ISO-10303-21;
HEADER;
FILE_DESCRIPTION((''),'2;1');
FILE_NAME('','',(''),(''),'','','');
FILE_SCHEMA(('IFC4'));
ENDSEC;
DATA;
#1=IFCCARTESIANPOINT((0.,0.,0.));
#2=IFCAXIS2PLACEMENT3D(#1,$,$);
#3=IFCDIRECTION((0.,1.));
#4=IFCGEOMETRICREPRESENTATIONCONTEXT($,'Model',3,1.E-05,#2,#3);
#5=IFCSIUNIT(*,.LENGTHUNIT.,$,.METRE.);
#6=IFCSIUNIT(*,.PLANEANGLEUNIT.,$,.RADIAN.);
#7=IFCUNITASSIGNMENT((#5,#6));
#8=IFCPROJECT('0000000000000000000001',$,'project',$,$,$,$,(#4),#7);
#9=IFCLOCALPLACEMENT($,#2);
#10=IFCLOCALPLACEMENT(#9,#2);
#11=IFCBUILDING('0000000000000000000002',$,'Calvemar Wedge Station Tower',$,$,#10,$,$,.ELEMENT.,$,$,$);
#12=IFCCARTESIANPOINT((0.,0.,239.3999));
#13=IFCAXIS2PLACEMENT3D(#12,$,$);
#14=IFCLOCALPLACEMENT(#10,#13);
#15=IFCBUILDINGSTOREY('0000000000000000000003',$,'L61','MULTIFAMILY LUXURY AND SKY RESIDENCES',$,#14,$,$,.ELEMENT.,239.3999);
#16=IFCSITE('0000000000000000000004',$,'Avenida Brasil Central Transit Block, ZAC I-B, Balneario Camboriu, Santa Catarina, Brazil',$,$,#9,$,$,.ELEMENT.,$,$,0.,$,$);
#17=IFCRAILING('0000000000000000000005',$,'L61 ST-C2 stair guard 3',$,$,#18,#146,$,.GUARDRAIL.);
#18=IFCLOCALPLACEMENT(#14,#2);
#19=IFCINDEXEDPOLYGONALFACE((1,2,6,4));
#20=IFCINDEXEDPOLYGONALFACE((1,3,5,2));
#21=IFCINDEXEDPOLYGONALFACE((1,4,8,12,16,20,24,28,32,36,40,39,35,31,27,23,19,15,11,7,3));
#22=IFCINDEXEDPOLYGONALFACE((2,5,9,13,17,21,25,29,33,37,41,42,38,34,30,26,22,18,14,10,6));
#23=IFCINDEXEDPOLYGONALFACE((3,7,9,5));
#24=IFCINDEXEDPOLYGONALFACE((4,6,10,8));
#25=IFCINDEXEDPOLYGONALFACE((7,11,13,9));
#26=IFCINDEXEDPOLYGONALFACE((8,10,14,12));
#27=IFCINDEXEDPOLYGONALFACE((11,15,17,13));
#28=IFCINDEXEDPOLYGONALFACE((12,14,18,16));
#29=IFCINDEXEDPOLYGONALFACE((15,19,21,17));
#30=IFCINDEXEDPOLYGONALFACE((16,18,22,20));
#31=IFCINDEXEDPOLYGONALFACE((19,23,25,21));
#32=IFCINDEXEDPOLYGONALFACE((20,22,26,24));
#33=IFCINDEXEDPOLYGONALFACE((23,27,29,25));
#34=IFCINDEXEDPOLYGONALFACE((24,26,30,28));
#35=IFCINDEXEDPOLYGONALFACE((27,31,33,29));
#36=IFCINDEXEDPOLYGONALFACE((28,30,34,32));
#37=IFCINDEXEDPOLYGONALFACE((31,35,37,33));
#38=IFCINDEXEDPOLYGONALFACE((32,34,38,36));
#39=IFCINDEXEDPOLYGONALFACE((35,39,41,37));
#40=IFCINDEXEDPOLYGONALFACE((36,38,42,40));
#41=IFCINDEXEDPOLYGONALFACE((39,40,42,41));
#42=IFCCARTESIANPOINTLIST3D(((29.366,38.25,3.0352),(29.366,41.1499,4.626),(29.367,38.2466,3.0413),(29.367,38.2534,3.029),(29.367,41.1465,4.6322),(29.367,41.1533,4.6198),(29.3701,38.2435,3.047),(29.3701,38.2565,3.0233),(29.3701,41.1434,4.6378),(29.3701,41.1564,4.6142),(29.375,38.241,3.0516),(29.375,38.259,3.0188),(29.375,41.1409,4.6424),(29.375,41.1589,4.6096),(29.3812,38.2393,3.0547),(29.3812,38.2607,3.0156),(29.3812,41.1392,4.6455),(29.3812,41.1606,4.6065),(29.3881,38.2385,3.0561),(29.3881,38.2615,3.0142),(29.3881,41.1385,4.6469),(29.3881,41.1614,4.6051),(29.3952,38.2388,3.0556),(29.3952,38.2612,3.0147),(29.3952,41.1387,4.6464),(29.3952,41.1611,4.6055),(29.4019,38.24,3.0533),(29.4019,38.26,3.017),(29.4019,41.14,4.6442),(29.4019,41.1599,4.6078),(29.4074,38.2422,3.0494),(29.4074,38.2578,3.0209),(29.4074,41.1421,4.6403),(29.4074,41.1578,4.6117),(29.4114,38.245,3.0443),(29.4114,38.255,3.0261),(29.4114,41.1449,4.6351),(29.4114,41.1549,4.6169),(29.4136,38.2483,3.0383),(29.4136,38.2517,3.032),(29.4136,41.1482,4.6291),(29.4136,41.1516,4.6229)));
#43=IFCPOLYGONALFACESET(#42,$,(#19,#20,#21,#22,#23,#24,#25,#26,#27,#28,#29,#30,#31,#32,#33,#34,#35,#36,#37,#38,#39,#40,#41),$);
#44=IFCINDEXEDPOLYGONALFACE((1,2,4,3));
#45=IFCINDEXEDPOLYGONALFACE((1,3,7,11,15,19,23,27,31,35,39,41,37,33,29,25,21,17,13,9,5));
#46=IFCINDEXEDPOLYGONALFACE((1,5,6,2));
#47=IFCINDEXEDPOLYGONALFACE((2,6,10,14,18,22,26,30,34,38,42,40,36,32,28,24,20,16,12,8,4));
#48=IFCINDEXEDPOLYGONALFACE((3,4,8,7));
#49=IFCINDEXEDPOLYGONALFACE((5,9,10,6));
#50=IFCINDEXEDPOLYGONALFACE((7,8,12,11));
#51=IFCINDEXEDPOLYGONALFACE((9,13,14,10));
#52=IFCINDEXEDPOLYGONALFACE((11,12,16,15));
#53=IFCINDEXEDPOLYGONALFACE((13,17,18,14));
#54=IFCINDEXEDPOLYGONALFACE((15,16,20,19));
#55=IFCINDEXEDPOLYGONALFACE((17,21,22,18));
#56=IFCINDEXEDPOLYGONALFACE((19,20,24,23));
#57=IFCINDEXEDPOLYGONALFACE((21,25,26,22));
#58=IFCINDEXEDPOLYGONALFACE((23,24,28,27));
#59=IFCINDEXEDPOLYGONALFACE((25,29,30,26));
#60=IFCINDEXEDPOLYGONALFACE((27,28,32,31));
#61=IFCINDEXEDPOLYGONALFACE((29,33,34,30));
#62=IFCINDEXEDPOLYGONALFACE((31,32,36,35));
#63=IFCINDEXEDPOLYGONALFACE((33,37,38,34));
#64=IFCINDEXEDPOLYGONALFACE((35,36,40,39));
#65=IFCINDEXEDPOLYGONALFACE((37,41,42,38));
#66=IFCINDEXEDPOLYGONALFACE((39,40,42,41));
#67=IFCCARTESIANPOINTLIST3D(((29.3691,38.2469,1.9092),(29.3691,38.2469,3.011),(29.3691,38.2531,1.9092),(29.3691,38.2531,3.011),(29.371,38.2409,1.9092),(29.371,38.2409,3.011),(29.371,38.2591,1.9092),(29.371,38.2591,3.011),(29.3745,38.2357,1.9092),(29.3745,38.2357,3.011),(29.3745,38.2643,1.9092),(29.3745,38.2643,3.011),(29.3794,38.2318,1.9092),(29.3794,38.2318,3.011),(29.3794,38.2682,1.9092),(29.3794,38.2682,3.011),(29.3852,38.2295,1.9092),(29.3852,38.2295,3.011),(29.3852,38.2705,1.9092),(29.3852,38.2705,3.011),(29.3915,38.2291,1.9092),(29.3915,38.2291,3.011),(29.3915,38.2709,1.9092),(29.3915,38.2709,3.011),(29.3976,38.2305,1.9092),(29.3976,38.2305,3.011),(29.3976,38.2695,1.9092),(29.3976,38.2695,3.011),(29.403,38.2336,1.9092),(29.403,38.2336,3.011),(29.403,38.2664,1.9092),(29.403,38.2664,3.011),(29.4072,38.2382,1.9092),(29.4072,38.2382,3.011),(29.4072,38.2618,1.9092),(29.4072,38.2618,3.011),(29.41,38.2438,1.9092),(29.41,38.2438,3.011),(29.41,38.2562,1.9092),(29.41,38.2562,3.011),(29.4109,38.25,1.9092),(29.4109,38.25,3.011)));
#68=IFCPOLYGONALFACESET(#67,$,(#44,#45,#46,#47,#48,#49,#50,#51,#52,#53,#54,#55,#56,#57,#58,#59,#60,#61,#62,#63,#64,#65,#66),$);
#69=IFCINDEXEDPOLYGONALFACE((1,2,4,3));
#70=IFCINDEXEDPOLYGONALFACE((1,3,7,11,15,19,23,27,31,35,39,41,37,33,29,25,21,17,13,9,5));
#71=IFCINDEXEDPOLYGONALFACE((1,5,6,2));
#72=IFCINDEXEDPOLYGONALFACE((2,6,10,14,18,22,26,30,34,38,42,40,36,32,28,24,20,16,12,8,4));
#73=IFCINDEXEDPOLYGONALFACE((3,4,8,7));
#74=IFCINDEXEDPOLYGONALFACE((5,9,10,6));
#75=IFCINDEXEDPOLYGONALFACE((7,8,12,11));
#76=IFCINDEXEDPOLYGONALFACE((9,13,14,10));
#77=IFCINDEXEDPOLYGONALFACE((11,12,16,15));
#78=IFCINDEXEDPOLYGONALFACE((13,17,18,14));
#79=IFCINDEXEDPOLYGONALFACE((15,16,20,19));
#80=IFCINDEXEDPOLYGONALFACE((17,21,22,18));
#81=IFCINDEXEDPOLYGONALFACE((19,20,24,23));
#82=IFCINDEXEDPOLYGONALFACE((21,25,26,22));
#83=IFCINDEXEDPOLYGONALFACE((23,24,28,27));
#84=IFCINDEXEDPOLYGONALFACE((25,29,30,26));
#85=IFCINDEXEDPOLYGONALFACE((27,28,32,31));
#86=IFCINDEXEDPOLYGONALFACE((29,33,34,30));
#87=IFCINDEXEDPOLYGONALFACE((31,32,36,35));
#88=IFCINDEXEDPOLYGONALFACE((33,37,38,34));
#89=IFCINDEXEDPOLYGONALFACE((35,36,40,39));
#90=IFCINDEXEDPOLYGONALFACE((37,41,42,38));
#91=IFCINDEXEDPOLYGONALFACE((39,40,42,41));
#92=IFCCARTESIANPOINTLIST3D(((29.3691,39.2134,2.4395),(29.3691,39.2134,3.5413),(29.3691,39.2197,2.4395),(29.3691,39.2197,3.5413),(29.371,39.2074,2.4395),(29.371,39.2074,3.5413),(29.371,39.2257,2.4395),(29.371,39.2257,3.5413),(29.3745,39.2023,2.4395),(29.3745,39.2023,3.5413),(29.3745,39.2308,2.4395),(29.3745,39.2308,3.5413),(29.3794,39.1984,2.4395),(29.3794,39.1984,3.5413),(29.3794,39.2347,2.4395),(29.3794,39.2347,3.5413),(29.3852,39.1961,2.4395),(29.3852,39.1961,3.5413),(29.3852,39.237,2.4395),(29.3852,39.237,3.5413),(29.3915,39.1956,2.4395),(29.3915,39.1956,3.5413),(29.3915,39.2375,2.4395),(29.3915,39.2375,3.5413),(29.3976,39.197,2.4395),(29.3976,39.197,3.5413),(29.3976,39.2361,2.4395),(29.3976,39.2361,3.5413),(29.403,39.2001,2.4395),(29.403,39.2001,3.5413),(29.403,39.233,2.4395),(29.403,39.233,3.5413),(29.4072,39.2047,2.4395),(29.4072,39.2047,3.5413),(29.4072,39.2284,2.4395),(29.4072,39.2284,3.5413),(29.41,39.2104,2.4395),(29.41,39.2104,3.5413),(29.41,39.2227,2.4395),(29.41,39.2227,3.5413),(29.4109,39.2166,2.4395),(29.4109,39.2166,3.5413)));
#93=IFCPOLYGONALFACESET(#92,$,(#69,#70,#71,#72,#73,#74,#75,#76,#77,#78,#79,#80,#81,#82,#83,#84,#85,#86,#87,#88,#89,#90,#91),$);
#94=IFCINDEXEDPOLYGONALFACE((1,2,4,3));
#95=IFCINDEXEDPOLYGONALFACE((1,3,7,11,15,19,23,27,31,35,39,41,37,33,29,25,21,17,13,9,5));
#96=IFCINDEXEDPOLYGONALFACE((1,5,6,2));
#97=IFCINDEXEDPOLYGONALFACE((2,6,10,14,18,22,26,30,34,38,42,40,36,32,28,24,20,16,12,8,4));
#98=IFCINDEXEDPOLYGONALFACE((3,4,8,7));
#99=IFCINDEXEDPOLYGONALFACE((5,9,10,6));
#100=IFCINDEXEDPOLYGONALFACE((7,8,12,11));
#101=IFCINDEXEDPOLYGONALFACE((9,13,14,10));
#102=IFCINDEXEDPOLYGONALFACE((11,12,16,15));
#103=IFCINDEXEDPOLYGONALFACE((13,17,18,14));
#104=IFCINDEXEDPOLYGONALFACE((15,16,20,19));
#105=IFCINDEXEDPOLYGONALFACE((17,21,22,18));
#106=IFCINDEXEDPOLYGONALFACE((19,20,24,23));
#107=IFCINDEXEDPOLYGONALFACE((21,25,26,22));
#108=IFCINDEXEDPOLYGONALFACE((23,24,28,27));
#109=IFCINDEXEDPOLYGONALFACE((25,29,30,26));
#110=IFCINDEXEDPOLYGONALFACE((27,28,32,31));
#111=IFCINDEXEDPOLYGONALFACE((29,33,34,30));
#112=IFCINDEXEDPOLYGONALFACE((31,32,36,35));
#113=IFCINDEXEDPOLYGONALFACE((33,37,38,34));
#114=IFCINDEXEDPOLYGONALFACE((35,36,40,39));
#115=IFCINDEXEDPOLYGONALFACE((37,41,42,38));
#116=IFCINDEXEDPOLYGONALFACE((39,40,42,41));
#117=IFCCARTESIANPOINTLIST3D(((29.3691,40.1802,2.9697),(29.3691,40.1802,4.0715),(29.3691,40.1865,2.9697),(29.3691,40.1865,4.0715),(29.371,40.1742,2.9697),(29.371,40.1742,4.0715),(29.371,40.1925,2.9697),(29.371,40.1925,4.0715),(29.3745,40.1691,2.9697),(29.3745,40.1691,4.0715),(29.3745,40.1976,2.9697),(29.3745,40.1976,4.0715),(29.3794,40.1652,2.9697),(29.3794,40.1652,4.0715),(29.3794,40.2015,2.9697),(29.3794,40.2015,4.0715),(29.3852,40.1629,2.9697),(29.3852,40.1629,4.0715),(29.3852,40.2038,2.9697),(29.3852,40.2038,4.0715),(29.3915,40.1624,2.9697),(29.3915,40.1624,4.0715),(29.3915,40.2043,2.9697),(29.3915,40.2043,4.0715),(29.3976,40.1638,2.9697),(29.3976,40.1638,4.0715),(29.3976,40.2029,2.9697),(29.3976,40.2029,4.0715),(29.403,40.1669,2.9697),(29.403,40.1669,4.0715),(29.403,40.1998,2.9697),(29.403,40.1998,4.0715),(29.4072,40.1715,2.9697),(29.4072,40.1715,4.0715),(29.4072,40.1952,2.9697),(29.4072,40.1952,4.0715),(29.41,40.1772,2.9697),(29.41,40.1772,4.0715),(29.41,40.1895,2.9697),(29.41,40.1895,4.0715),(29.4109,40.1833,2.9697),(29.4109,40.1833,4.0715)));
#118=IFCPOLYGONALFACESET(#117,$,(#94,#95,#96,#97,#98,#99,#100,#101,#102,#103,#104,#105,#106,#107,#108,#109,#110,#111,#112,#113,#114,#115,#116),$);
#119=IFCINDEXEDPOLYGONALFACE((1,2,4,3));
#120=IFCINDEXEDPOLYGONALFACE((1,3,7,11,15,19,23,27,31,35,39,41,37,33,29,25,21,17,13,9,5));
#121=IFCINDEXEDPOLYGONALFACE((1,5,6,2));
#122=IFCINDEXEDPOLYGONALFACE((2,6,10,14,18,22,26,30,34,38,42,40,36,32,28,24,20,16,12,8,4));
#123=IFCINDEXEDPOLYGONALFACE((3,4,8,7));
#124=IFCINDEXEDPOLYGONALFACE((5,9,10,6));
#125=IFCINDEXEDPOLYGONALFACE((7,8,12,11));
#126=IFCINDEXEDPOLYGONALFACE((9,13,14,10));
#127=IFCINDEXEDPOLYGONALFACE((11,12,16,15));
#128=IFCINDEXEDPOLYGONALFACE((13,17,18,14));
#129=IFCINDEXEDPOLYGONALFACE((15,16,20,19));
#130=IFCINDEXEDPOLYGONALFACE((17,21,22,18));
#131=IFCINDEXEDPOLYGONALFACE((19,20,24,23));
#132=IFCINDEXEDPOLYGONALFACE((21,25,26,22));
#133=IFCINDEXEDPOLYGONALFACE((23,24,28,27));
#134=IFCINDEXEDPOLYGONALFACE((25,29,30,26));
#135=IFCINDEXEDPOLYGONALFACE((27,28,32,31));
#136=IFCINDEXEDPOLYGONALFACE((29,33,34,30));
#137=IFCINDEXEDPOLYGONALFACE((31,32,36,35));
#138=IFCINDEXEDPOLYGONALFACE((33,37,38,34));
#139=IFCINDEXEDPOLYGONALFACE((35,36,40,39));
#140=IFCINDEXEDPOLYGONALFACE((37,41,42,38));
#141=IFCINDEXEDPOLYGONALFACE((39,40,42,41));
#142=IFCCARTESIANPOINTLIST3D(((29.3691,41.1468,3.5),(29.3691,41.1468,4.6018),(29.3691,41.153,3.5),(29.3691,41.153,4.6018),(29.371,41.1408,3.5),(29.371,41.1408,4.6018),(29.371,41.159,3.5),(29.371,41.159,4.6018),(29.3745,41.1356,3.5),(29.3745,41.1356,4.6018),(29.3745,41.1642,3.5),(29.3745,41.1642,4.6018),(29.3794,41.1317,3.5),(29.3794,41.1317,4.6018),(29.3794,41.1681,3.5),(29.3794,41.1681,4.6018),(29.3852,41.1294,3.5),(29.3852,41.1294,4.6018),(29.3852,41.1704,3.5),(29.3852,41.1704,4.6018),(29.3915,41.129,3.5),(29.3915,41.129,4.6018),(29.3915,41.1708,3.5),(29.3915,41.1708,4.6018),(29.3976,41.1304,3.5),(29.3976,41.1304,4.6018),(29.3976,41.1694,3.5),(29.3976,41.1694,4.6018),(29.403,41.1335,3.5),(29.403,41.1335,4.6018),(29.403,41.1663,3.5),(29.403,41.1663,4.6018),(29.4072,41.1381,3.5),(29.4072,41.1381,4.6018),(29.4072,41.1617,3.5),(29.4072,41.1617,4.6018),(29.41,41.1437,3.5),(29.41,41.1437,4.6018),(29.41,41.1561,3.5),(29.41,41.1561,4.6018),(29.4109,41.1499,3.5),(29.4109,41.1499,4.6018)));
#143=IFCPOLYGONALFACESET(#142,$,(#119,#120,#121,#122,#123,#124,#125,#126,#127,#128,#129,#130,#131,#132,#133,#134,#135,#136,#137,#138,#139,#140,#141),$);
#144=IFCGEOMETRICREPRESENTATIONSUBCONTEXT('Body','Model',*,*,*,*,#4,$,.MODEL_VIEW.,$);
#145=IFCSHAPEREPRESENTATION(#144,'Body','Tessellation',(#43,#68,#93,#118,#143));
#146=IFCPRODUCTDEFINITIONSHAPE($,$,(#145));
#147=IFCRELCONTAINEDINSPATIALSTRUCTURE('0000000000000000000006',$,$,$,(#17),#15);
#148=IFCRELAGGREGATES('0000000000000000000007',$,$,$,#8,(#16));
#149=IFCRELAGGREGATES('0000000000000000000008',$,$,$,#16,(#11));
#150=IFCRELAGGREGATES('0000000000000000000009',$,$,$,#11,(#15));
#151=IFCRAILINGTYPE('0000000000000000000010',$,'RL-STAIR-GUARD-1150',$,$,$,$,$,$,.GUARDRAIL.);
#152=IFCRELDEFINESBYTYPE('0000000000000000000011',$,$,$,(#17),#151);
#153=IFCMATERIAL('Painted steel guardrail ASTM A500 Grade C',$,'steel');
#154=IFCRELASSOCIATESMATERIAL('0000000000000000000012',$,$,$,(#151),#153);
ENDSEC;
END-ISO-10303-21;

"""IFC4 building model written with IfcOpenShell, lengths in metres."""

from ifc_helpers import new_model, si_unit, direction, frame, origin, origin_2d, place, context, subcontext, project, spatial, circle, extrude, material, type_object, element, save


model = new_model("IFC4")

# Units and contexts
model_context = context("Model", 3, precision=1e-05, world=origin(), true_north=direction((0.0, 1.0)))
body_context = subcontext(model_context, "Body", "Model", "MODEL_VIEW")
ifc_project = project(units=[si_unit("LENGTHUNIT", "METRE"), si_unit("PLANEANGLEUNIT", "RADIAN")], contexts=[model_context])

# Site, building, storey
site_placement = place(None, origin())
site = spatial("IfcSite", under=ifc_project, at=site_placement, Name="Avenida Brasil Central Transit Block, ZAC I-B, Balneario Camboriu, Santa Catarina, Brazil", CompositionType="ELEMENT", RefElevation=0.0)
building_placement = place(site_placement, origin())
building = spatial("IfcBuilding", under=site, at=building_placement, Name="Calvemar Wedge Station Tower", CompositionType="ELEMENT")
storey_placement = place(building_placement, frame((0.0, 0.0, 239.3999)))
storey = spatial("IfcBuildingStorey", under=building, at=storey_placement, Name="L61", Description="MULTIFAMILY LUXURY AND SKY RESIDENCES", CompositionType="ELEMENT", Elevation=239.3999)

# Railing
ifc_material_1 = material(Name="Painted steel guardrail ASTM A500 Grade C", Category="steel")
railing_type_1 = type_object("IfcRailingType", Name="RL-STAIR-GUARD-1150", PredefinedType="GUARDRAIL", material=ifc_material_1)
railing_1_placement = place(storey_placement, frame((29.3899, 38.25, 1.9092)))
element("IfcRailing", 1, at=railing_1_placement, inside=storey, type_object=railing_type_1, Name="L61 ST-C2 stair guard 3", PredefinedType="GUARDRAIL", context=body_context, shape_type="SweptSolid", body=[
    extrude(circle(Radius=0.0239, at=origin_2d()), frame((0.0, 0.0, 1.126), z_axis=(0.0, 0.876742, 0.480961), x_axis=(-1.0, 0.0, 0.0)), (0.0, 0.0, 1.0), 3.3076),
    extrude(circle(Radius=0.021, at=origin_2d()), origin(), (0.0, 0.0, 1.0), 1.1018),
    extrude(circle(Radius=0.021, at=origin_2d()), frame((0.0, 0.9666, 0.5303)), (0.0, 0.0, 1.0), 1.1018),
    extrude(circle(Radius=0.021, at=origin_2d()), frame((0.0, 1.9333, 1.0605)), (0.0, 0.0, 1.0), 1.1018),
    extrude(circle(Radius=0.021, at=origin_2d()), frame((0.0, 2.8999, 1.5908)), (0.0, 0.0, 1.0), 1.1018),
])

save(model, "model.ifc")
